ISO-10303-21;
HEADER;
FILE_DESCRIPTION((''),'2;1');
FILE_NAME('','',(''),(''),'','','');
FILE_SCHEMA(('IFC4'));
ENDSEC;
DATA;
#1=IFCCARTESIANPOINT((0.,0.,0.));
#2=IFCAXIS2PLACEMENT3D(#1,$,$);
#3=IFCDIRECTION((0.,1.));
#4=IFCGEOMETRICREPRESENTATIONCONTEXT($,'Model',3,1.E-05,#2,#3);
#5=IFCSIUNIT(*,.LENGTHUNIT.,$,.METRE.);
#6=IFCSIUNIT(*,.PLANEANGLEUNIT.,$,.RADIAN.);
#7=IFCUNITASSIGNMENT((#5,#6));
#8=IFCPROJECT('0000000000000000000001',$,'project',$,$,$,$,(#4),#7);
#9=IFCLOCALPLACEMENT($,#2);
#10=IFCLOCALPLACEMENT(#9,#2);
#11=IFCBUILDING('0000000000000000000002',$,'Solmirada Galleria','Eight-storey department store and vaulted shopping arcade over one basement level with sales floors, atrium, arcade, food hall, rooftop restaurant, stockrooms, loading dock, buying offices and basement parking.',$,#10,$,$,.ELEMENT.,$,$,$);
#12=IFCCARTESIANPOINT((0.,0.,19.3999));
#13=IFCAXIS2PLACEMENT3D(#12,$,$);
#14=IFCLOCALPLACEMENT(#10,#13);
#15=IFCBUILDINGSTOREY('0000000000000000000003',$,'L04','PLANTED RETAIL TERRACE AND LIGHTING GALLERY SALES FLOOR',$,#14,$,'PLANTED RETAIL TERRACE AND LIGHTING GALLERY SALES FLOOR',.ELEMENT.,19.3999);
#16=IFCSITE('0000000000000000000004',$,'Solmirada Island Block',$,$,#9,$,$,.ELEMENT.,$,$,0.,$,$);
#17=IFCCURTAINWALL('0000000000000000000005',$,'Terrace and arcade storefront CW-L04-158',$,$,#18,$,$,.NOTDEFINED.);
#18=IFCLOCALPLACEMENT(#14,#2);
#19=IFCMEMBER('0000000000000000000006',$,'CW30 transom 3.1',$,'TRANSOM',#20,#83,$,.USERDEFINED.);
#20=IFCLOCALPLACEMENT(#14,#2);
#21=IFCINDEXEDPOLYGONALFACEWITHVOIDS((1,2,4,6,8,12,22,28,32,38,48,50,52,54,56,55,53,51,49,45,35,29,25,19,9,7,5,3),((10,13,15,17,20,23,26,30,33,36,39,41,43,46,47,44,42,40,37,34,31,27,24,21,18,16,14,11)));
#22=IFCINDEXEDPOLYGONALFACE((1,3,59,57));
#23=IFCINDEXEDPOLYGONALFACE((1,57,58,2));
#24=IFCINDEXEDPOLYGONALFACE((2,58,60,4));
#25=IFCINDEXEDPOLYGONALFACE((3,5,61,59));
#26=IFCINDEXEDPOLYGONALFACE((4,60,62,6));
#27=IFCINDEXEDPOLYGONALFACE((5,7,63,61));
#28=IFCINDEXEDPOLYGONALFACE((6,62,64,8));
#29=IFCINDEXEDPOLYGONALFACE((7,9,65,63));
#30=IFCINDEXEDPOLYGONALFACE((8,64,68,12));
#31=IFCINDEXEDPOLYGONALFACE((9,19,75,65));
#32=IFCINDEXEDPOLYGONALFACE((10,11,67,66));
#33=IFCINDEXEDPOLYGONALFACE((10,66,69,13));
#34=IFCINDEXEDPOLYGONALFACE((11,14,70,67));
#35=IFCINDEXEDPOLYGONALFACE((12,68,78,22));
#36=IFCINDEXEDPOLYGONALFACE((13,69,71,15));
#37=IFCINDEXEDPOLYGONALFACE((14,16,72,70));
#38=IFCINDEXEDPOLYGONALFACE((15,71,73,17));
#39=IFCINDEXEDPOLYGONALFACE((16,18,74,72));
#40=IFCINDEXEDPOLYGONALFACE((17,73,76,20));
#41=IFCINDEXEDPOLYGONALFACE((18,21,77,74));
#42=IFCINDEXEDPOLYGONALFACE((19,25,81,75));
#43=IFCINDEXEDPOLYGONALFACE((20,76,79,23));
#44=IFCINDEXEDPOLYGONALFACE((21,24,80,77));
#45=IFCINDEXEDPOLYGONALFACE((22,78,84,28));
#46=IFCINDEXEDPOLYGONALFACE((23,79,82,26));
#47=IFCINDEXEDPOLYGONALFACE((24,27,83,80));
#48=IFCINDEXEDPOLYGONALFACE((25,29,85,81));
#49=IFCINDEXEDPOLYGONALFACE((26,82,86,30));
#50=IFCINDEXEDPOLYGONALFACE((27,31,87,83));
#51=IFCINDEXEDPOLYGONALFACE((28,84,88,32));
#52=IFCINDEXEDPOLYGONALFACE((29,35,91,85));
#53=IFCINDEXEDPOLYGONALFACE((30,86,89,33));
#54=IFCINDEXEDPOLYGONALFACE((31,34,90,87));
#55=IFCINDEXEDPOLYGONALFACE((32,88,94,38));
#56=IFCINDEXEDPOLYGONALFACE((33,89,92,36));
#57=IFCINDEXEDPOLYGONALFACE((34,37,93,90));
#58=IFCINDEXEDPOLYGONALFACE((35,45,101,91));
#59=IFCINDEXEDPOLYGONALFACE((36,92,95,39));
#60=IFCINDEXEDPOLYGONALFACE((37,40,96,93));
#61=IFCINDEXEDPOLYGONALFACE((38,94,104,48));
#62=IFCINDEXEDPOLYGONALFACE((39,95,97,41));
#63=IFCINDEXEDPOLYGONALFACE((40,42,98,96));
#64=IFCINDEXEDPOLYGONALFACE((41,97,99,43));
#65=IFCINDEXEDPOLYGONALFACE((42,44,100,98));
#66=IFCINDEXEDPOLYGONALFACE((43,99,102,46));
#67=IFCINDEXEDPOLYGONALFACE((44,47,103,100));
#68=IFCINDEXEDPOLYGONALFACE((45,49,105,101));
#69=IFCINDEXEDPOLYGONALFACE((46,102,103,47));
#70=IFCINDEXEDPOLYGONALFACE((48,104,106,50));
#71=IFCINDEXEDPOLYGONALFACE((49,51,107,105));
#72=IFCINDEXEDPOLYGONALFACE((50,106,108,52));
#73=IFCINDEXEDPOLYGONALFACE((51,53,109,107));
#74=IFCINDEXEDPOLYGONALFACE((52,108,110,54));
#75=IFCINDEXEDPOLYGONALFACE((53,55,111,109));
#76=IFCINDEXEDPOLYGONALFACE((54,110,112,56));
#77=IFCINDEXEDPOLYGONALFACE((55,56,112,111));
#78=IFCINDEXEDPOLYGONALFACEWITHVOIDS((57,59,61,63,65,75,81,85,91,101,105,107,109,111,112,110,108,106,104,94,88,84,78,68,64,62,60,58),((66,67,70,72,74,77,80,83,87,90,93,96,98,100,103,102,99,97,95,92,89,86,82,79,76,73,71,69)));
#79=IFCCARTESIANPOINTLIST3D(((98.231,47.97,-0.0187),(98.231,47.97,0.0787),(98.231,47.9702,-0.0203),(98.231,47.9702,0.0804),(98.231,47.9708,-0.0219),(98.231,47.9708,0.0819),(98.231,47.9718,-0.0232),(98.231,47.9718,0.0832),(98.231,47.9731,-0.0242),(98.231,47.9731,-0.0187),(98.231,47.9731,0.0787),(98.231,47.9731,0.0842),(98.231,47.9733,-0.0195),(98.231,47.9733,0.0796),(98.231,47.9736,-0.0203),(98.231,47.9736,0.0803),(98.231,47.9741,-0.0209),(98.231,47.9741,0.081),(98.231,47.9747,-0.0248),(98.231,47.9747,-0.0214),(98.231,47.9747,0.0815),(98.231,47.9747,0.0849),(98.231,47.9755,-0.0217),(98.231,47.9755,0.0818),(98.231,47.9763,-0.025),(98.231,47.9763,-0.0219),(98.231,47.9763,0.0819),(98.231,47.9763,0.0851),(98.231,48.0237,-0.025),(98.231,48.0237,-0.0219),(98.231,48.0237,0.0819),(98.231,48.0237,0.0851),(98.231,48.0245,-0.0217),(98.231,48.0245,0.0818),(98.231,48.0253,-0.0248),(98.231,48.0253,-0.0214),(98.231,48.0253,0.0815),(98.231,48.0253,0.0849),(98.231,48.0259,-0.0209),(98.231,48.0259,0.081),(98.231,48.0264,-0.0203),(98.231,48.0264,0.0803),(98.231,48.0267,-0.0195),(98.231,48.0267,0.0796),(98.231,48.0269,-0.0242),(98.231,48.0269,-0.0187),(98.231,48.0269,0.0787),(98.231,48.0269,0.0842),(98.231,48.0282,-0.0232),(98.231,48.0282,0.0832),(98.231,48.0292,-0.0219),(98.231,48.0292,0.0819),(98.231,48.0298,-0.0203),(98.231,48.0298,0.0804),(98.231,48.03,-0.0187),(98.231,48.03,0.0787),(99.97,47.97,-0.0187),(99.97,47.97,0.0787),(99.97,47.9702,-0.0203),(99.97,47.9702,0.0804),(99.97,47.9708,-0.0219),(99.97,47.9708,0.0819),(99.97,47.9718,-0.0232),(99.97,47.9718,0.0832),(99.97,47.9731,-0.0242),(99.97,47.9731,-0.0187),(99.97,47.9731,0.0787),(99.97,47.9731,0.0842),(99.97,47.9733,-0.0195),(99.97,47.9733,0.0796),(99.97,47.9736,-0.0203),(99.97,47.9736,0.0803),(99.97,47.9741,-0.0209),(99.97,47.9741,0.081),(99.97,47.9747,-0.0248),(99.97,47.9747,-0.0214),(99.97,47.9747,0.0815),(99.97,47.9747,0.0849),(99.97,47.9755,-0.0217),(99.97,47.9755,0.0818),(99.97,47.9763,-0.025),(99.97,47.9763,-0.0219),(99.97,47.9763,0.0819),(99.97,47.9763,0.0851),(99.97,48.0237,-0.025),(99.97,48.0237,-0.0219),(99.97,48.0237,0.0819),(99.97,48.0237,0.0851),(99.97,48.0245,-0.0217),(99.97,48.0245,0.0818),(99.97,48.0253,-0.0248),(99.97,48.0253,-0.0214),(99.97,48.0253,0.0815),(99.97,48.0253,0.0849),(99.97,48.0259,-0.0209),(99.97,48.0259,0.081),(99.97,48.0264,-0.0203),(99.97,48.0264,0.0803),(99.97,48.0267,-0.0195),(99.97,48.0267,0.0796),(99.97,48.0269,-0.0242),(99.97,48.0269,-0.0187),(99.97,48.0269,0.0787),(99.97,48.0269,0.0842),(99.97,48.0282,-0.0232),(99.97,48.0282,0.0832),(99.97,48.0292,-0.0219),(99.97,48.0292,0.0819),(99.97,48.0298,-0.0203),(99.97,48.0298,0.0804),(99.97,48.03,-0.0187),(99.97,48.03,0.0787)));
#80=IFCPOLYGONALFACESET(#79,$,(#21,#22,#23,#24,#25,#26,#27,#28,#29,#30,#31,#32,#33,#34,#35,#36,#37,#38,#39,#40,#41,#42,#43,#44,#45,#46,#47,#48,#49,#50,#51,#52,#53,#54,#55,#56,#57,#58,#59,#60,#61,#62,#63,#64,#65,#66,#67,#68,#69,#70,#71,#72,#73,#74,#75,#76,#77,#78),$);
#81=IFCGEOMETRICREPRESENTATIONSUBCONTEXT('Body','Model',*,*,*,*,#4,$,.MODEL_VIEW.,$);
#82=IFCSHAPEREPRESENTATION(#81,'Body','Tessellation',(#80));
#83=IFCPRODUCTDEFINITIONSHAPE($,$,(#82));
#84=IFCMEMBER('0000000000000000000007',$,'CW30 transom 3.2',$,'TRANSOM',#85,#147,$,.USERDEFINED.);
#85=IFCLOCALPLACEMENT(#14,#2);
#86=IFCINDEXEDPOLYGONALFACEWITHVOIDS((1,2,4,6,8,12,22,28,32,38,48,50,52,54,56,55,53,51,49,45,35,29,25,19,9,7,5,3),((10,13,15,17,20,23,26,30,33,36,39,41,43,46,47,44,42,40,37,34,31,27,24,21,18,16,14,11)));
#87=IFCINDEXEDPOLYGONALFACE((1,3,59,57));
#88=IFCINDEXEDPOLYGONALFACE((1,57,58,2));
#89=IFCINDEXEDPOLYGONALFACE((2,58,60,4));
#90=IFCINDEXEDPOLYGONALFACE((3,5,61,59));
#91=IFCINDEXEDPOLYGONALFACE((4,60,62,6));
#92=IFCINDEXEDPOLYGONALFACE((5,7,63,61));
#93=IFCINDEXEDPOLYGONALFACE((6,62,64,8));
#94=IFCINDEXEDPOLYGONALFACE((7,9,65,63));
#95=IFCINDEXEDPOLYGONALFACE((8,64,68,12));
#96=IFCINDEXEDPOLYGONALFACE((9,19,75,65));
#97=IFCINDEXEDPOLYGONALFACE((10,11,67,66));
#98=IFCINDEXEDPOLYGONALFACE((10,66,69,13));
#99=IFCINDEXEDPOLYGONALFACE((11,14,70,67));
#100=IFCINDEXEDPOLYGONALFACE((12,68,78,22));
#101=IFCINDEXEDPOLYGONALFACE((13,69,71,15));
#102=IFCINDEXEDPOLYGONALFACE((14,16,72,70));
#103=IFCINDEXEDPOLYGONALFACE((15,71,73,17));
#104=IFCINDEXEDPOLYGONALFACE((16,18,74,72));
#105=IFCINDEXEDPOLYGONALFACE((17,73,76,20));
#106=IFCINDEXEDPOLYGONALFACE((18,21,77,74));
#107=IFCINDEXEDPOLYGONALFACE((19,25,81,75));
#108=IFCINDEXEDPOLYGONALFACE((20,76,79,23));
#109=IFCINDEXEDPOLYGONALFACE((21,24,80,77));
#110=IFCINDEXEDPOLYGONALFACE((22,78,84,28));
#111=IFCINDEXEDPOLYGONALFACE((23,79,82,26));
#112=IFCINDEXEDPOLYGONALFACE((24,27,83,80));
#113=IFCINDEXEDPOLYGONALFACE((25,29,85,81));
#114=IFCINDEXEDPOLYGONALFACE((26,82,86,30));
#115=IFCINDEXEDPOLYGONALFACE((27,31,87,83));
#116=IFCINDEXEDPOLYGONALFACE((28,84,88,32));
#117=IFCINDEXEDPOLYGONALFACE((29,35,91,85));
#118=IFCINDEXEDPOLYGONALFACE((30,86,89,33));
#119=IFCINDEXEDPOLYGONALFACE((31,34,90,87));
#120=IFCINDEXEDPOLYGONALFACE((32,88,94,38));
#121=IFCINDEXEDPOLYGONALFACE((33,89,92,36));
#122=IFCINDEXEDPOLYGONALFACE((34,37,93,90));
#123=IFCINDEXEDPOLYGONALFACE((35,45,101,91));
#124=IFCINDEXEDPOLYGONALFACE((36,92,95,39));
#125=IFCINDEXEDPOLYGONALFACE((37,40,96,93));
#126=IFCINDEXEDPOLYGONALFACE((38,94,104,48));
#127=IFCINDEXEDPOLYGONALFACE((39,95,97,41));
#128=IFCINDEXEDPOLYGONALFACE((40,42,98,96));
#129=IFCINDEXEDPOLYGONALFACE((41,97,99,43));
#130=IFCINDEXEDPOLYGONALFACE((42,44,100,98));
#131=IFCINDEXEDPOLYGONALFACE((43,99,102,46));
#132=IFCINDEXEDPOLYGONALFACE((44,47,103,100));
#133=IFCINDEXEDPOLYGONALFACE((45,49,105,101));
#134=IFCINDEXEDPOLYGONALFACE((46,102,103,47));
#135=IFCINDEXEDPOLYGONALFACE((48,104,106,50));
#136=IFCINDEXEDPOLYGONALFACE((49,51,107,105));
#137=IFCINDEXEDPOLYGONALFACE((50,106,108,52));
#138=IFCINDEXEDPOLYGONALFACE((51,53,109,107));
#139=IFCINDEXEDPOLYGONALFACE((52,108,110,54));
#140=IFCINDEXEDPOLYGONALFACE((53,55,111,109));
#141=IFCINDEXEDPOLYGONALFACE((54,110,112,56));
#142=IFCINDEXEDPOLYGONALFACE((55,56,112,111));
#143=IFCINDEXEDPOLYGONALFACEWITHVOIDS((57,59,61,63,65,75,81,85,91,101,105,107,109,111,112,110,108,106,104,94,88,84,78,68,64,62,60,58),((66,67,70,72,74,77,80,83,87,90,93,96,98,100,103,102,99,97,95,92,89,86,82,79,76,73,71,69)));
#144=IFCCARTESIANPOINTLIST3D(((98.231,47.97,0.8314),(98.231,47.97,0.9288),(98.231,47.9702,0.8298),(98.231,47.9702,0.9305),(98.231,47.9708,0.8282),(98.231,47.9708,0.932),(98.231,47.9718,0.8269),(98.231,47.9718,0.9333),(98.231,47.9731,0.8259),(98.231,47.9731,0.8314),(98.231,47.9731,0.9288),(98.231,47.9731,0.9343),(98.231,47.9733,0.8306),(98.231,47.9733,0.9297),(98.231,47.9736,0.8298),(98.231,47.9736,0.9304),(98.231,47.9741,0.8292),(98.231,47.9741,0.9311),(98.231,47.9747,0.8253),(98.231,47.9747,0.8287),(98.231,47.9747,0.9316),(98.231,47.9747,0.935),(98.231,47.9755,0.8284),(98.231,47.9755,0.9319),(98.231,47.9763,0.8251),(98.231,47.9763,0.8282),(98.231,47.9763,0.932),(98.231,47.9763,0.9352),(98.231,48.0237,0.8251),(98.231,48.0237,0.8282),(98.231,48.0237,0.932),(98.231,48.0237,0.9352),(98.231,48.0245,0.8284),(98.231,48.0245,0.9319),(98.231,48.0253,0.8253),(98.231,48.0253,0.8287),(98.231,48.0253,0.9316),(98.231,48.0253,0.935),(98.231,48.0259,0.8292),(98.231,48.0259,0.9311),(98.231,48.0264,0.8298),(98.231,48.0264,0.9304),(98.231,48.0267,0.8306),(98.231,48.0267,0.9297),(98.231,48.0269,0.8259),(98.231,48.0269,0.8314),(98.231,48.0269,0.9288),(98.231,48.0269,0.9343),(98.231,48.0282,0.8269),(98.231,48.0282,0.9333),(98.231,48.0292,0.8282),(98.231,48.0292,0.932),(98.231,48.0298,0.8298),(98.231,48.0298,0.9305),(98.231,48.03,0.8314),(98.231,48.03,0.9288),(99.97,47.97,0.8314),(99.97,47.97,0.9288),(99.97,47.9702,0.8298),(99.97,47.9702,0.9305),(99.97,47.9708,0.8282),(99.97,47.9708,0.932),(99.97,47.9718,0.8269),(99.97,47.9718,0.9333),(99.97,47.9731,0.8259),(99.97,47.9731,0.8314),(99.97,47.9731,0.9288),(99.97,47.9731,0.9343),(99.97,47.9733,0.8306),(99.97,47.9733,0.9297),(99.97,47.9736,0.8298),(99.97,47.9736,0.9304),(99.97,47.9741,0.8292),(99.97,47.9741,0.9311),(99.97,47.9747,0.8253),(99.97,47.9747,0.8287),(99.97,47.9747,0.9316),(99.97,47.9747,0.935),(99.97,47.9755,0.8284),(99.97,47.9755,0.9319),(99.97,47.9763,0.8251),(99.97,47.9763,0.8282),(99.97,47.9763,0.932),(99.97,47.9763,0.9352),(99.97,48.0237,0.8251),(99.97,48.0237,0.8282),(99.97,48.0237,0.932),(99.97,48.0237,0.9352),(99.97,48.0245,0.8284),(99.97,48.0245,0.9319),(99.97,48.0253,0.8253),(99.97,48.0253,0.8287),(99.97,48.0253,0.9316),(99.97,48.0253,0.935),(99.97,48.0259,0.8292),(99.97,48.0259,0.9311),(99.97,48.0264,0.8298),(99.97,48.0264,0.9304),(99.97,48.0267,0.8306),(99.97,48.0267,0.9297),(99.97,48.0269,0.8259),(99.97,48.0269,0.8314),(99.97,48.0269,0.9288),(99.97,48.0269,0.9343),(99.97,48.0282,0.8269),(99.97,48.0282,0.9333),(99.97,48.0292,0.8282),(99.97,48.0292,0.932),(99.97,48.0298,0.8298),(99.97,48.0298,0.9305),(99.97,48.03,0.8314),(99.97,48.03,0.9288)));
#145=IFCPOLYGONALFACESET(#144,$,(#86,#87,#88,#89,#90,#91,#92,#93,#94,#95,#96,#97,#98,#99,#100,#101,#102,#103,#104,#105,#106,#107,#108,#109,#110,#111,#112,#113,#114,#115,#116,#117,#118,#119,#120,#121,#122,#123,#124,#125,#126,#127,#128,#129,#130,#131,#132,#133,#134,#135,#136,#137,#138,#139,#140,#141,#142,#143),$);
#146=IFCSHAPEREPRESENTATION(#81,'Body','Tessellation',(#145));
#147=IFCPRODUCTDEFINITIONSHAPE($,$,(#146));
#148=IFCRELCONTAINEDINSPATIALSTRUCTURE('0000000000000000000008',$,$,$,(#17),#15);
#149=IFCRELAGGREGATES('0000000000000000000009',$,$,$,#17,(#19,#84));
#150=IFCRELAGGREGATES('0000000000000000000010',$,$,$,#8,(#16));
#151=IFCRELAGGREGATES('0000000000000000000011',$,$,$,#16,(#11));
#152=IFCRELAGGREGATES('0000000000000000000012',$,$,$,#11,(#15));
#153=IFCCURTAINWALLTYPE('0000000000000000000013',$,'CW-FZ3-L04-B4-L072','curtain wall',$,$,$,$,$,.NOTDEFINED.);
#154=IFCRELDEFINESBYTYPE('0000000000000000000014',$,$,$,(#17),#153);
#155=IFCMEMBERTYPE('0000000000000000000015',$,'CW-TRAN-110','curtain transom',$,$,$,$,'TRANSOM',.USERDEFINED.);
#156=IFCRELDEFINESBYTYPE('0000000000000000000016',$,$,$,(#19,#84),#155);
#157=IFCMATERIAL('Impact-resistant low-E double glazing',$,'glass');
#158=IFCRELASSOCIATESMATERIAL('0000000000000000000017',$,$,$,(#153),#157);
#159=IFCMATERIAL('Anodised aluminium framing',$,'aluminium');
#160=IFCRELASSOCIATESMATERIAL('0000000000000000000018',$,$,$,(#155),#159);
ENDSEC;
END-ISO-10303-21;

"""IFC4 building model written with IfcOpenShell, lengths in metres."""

from ifc_helpers import new_model, si_unit, direction, frame, origin, origin_2d, place, context, subcontext, project, spatial, hollow_rectangle, extrude, material, material_profile, profile_set, type_object, element, aggregate, save


model = new_model("IFC4")

# Units and contexts
model_context = context("Model", 3, precision=1e-05, world=origin(), true_north=direction((0.0, 1.0)))
body_context = subcontext(model_context, "Body", "Model", "MODEL_VIEW")
ifc_project = project(units=[si_unit("LENGTHUNIT", "METRE"), si_unit("PLANEANGLEUNIT", "RADIAN")], contexts=[model_context])

# Site, building, storey
site_placement = place(None, origin())
site = spatial("IfcSite", under=ifc_project, at=site_placement, Name="Solmirada Island Block", CompositionType="ELEMENT", RefElevation=0.0)
building_placement = place(site_placement, origin())
building = spatial("IfcBuilding", under=site, at=building_placement, Name="Solmirada Galleria", Description="Eight-storey department store and vaulted shopping arcade over one basement level with sales floors, atrium, arcade, food hall, rooftop restaurant, stockrooms, loading dock, buying offices and basement parking.", CompositionType="ELEMENT")
storey_placement = place(building_placement, frame((0.0, 0.0, 19.3999)))
storey = spatial("IfcBuildingStorey", under=building, at=storey_placement, Name="L04", Description="PLANTED RETAIL TERRACE AND LIGHTING GALLERY SALES FLOOR", LongName="PLANTED RETAIL TERRACE AND LIGHTING GALLERY SALES FLOOR", CompositionType="ELEMENT", Elevation=19.3999)

# Curtain wall, members
ifc_material_1 = material(Name="Impact-resistant low-E double glazing", Category="glass")
curtain_wall_type = type_object("IfcCurtainWallType", Name="CW-FZ3-L04-B4-L072", Description="curtain wall", PredefinedType="NOTDEFINED", material=ifc_material_1)
curtain_wall_placement = place(storey_placement, origin())
curtain_wall = element("IfcCurtainWall", 1, at=curtain_wall_placement, inside=storey, type_object=curtain_wall_type, Name="Terrace and arcade storefront CW-L04-158", PredefinedType="NOTDEFINED")
ifc_material_2 = material(Name="Anodised aluminium framing", Category="aluminium")
ifc_material_profile_1 = material_profile(ifc_material_2, hollow_rectangle(XDim=0.0601, YDim=0.1101, WallThickness=0.0032, InnerFilletRadius=0.0032, OuterFilletRadius=0.0063, at=origin_2d()), Name="ALU-TRAN-110X60")
ifc_profile_set_1 = profile_set([ifc_material_profile_1], Name="Anodised aluminium framing")
member_type_1 = type_object("IfcMemberType", Name="CW-TRAN-110", Description="curtain transom", ElementType="TRANSOM", PredefinedType="USERDEFINED", material=ifc_profile_set_1)
member_1_placement = place(storey_placement, frame((99.97, 48.0, 0.03), z_axis=(-1.0, 0.0, 0.0), x_axis=(0.0, -1.0, 0.0)))
member_1 = element("IfcMember", 2, at=member_1_placement, type_object=member_type_1, Name="CW30 transom 3.1", ObjectType="TRANSOM", PredefinedType="USERDEFINED", context=body_context, shape_type="SweptSolid", body=[
    extrude(hollow_rectangle(XDim=0.0601, YDim=0.1101, WallThickness=0.0032, InnerFilletRadius=0.0032, OuterFilletRadius=0.0063, at=origin_2d()), origin(), (0.0, 0.0, 1.0), 1.739),
])
member_2_placement = place(storey_placement, frame((99.97, 48.0, 0.8801), z_axis=(-1.0, 0.0, 0.0), x_axis=(0.0, -1.0, 0.0)))
member_2 = element("IfcMember", 3, at=member_2_placement, type_object=member_type_1, Name="CW30 transom 3.2", ObjectType="TRANSOM", PredefinedType="USERDEFINED", context=body_context, shape_type="SweptSolid", body=[
    extrude(hollow_rectangle(XDim=0.0601, YDim=0.1101, WallThickness=0.0032, InnerFilletRadius=0.0032, OuterFilletRadius=0.0063, at=origin_2d()), origin(), (0.0, 0.0, 1.0), 1.739),
])
aggregate(curtain_wall, [member_1, member_2])

save(model, "model.ifc")
